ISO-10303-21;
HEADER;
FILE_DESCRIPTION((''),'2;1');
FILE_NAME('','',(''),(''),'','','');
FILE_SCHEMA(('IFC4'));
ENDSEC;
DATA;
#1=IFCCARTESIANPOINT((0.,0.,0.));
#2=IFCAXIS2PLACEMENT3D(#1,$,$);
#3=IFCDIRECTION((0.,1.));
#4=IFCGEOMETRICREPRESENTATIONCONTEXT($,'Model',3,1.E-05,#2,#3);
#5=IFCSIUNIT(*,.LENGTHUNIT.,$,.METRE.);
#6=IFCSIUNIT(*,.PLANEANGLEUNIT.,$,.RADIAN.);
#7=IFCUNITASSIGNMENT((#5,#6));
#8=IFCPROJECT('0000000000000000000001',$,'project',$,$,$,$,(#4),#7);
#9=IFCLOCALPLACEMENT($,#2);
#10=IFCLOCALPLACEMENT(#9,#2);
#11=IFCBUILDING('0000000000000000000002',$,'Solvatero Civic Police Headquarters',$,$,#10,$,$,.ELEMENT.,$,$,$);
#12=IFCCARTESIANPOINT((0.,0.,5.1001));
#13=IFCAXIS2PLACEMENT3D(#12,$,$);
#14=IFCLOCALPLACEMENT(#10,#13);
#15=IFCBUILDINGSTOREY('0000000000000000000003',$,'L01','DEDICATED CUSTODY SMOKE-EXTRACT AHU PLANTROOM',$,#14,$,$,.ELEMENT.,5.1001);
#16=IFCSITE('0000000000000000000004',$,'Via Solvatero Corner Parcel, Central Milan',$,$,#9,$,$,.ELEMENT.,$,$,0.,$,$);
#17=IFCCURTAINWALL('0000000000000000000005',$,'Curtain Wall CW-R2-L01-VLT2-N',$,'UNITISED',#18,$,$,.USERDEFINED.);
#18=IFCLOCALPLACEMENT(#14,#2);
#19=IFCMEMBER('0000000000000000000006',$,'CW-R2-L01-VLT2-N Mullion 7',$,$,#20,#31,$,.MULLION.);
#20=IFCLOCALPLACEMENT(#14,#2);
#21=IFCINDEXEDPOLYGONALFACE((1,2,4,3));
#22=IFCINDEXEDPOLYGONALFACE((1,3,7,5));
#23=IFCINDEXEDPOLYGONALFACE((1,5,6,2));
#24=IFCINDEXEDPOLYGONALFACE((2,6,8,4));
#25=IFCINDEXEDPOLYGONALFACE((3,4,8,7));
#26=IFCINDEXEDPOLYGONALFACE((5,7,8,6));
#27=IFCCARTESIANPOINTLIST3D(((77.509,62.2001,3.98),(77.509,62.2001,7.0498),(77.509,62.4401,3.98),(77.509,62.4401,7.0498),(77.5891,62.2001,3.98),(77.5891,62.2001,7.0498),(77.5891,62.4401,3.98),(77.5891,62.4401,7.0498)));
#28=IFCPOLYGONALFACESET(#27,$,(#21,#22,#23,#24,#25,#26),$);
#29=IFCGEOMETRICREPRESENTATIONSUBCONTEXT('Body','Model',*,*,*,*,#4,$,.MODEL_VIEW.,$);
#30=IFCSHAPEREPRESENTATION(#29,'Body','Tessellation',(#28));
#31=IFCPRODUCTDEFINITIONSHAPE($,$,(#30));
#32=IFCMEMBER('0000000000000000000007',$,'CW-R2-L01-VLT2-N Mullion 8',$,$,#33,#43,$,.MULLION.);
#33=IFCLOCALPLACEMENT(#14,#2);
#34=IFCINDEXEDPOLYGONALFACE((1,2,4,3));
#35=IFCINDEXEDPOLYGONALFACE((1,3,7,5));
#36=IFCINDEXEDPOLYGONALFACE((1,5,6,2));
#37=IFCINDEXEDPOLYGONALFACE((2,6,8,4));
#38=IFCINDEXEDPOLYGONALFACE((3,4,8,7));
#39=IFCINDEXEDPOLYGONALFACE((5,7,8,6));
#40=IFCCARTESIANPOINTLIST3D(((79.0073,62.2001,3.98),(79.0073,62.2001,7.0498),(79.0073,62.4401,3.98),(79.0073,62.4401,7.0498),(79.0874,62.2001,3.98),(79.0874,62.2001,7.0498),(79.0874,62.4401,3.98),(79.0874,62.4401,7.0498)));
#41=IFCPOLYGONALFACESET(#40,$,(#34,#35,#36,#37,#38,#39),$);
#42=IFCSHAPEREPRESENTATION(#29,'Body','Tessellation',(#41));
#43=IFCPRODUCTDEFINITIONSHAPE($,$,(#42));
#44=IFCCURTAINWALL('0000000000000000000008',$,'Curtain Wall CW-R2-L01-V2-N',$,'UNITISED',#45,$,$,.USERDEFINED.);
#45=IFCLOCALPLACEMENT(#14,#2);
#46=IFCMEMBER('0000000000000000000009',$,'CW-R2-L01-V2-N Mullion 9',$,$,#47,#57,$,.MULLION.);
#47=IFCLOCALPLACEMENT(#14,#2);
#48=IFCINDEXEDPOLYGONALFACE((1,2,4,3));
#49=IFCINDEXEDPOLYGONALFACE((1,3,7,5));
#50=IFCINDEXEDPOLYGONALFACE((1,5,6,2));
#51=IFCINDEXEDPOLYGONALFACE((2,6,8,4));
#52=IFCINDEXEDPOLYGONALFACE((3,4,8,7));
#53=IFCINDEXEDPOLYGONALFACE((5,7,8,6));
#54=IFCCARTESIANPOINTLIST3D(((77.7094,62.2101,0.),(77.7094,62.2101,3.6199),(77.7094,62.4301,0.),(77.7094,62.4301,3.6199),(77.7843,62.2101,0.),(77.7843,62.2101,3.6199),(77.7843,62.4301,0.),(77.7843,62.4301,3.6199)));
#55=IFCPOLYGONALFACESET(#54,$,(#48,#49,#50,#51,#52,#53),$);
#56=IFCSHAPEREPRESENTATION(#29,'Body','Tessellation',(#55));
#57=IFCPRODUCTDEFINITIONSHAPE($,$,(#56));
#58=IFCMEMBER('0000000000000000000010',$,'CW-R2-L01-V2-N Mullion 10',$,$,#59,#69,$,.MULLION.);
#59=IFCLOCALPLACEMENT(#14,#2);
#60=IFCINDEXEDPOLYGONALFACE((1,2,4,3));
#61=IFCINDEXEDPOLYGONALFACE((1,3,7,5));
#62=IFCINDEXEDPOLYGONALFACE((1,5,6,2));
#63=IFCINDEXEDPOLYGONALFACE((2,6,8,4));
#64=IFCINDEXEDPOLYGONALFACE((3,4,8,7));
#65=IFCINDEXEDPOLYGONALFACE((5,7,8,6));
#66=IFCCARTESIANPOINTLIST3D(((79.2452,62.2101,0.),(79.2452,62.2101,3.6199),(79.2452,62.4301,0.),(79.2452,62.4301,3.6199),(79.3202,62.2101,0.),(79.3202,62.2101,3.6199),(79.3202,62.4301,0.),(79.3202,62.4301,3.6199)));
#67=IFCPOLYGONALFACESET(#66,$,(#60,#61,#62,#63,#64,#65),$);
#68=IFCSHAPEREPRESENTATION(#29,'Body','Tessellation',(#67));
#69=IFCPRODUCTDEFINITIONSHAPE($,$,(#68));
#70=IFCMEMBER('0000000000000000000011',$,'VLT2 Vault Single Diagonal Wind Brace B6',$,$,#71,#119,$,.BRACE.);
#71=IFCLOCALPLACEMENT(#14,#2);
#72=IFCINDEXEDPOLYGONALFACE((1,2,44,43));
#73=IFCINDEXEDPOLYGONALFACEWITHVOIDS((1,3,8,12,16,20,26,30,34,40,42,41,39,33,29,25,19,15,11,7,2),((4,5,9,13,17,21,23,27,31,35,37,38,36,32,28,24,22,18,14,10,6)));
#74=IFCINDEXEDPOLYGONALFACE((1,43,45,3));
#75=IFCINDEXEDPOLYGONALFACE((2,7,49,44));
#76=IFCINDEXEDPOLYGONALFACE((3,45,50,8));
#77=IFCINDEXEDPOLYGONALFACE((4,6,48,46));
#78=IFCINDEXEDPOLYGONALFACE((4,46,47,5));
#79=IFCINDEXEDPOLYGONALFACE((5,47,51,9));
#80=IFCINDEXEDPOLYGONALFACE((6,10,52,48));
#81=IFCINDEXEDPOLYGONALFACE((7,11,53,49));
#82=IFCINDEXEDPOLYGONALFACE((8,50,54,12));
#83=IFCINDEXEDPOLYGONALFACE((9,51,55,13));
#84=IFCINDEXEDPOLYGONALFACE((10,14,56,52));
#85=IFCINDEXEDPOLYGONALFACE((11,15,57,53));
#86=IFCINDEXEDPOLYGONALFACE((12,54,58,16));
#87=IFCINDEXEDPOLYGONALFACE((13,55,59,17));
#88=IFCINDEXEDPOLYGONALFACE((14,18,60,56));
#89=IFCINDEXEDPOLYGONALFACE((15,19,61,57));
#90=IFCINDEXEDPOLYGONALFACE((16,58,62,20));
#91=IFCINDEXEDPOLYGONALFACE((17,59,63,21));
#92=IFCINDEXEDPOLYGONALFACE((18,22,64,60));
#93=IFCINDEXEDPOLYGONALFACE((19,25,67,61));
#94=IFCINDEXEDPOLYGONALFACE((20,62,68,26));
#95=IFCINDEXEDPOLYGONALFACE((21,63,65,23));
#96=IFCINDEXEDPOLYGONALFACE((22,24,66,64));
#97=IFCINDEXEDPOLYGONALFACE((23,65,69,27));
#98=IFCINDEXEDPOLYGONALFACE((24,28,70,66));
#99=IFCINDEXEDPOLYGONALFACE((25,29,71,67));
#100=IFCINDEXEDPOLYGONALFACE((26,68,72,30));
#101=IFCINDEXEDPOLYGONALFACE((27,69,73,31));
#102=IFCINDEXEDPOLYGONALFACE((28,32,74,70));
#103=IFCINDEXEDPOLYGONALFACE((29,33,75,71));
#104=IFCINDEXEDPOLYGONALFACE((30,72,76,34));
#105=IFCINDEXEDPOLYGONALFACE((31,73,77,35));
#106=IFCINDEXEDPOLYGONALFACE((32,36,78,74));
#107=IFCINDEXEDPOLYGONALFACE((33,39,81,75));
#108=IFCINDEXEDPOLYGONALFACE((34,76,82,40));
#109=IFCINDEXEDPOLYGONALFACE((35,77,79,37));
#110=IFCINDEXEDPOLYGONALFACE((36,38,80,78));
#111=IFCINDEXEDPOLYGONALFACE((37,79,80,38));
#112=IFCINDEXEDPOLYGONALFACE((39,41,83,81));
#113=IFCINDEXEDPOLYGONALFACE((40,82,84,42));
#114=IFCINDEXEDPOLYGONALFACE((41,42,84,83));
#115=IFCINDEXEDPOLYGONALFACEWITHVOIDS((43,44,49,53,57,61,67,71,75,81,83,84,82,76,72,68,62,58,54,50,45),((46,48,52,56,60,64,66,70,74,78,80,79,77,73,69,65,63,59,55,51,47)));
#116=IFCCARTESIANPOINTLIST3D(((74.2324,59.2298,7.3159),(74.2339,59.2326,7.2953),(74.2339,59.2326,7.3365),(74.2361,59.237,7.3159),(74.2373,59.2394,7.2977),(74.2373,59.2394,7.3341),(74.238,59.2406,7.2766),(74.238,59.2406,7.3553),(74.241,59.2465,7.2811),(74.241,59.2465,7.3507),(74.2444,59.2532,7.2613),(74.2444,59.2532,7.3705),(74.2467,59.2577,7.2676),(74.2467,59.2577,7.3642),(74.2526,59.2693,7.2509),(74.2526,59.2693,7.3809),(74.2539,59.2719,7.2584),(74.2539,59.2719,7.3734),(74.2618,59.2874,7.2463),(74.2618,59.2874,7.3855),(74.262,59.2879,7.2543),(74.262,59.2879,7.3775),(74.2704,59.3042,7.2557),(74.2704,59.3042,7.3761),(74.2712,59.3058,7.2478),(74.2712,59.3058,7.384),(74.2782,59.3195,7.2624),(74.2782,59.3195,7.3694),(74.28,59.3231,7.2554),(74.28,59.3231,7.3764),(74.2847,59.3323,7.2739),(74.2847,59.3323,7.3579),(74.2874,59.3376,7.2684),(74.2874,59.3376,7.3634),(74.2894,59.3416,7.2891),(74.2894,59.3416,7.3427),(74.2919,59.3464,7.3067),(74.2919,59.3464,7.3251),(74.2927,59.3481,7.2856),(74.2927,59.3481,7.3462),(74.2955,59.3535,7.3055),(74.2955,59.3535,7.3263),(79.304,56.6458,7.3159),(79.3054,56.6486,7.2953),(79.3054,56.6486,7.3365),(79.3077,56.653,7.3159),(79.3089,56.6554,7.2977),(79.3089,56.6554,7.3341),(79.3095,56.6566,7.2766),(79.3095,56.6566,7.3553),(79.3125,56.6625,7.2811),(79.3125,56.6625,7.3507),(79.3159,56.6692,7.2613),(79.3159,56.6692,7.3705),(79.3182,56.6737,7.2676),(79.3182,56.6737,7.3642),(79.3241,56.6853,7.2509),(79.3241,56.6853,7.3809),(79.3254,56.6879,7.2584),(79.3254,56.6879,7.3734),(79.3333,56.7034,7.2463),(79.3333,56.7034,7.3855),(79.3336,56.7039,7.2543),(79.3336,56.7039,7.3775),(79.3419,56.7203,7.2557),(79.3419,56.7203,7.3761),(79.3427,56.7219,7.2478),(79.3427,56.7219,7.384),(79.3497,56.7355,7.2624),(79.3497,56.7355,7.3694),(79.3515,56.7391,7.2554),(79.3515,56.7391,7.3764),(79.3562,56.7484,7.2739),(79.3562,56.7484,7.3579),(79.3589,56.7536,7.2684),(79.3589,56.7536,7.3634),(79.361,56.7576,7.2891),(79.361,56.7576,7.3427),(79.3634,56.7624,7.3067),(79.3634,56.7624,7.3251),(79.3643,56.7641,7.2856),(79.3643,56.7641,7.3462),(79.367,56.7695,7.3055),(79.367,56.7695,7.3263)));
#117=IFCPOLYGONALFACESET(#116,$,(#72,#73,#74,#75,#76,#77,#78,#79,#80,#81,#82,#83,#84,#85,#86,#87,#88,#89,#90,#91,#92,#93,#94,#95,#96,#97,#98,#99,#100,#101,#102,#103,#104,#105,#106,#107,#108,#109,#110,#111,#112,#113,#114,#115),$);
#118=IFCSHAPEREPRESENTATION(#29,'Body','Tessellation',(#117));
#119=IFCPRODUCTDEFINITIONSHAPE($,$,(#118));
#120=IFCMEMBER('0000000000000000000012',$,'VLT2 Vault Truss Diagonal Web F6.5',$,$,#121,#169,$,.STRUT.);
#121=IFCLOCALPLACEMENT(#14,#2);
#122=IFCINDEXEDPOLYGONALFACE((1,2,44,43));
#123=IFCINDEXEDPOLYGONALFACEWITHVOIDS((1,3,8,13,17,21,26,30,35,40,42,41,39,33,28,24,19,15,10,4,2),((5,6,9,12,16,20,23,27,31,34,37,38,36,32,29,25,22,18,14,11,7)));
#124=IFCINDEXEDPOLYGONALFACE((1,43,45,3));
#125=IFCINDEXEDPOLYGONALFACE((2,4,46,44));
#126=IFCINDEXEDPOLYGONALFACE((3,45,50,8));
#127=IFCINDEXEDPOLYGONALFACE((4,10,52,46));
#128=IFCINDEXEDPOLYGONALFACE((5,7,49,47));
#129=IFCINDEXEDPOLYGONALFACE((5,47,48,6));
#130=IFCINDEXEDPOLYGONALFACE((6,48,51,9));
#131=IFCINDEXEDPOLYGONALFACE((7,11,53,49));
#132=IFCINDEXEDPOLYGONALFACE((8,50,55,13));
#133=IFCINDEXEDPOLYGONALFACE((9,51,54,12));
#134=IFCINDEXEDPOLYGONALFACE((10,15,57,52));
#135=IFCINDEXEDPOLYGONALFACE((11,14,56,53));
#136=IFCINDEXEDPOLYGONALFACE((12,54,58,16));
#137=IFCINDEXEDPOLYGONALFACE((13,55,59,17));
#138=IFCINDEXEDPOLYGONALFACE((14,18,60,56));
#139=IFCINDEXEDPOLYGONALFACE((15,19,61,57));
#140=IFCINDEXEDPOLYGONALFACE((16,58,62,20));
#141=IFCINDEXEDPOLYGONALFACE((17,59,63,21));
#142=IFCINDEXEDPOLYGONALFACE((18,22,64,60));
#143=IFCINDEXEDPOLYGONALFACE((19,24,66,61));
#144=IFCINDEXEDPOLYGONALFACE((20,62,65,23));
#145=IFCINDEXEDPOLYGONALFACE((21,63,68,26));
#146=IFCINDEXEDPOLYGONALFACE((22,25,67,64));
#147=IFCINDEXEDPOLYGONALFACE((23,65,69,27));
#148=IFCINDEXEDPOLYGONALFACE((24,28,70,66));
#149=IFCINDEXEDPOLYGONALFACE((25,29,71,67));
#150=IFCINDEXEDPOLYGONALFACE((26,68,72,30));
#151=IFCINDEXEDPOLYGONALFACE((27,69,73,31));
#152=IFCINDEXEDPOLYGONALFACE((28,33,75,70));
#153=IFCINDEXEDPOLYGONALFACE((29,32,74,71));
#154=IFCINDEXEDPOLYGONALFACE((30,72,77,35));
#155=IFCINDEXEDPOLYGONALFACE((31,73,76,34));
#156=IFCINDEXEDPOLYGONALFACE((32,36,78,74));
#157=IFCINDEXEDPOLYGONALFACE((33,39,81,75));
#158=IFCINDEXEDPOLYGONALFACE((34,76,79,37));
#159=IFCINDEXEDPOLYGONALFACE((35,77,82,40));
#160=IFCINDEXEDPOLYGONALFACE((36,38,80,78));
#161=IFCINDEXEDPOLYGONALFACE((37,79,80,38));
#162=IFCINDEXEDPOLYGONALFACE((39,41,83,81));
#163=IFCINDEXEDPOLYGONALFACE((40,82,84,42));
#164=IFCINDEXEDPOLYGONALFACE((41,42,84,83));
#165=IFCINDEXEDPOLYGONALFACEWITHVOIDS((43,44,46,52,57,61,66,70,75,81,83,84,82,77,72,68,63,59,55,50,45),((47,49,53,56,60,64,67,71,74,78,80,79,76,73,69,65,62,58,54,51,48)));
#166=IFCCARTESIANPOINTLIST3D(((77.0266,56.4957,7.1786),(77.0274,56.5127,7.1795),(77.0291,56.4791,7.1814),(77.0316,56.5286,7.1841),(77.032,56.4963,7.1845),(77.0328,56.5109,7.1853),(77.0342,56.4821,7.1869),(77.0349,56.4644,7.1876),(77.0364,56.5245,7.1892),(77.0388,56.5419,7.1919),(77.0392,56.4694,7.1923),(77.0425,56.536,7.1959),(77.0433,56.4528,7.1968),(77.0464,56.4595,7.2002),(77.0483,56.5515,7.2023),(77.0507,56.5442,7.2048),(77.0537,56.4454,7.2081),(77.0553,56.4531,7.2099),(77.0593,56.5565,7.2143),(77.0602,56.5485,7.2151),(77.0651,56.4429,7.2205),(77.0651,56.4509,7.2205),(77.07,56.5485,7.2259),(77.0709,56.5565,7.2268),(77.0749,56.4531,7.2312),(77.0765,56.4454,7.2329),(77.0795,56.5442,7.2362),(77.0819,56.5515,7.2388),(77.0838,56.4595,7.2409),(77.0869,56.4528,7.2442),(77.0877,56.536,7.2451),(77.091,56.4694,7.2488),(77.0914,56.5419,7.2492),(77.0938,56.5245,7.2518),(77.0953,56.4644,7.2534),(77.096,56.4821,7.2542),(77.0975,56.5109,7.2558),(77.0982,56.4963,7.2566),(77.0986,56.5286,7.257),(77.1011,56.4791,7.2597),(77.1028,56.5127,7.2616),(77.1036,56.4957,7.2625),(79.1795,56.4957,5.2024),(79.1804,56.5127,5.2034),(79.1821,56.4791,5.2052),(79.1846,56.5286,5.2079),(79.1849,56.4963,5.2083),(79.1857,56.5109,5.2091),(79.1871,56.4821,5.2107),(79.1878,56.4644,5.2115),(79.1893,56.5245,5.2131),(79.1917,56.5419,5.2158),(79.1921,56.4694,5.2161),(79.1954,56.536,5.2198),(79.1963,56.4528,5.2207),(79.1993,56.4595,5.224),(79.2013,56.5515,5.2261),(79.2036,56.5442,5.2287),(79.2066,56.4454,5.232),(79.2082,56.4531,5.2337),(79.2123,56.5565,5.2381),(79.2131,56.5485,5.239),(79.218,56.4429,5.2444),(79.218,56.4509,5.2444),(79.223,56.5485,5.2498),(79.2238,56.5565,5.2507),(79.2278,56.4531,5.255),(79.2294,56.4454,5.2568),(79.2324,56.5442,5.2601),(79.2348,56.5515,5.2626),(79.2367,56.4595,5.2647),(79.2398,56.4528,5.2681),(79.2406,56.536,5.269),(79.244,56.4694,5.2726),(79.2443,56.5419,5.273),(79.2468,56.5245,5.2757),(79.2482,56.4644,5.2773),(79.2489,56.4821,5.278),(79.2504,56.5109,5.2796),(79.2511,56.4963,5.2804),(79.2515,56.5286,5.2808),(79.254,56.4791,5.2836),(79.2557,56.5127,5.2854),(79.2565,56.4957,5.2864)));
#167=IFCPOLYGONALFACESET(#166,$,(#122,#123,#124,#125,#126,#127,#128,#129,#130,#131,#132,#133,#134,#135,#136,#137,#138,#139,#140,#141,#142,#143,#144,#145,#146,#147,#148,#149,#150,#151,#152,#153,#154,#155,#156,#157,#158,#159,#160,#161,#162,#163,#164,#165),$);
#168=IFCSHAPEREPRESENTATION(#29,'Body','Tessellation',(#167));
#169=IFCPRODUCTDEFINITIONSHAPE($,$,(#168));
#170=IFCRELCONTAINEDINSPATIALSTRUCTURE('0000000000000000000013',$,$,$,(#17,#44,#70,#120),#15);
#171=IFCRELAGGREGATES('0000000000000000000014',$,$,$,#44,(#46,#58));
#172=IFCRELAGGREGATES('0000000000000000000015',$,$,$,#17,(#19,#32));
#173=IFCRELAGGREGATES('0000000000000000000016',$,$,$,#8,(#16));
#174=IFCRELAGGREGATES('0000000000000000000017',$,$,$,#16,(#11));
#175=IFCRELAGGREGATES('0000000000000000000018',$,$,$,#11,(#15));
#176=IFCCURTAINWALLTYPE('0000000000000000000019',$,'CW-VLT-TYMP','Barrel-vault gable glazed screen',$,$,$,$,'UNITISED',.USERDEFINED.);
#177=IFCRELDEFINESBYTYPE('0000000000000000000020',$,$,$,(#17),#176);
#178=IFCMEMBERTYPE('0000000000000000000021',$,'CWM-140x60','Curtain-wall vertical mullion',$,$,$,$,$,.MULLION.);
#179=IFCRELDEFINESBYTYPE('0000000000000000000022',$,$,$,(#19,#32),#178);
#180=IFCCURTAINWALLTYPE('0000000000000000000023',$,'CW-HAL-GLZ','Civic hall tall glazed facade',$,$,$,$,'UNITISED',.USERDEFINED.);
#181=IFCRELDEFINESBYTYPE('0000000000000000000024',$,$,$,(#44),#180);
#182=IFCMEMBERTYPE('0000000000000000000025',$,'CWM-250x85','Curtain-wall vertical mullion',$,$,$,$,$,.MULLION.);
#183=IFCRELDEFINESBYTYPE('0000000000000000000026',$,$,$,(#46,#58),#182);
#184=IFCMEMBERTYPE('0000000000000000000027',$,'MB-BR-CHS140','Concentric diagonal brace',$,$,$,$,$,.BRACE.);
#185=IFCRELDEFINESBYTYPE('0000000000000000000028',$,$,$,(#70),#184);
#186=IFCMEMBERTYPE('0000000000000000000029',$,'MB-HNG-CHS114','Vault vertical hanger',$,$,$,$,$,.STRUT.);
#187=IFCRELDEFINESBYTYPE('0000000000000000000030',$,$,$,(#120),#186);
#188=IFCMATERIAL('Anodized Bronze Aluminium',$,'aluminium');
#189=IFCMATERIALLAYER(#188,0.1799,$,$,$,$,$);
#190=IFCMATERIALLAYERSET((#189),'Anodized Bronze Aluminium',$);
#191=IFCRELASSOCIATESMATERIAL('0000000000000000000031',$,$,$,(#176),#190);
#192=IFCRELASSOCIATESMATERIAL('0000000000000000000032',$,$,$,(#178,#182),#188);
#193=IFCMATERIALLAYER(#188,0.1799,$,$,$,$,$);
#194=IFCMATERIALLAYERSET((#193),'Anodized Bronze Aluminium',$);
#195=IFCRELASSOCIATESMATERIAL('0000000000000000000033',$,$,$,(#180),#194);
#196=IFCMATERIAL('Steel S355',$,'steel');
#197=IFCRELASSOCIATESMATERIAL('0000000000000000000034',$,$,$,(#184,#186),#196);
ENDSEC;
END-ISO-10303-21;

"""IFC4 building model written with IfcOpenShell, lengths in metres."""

from ifc_helpers import new_model, si_unit, direction, frame, origin, origin_2d, place, context, subcontext, project, spatial, rectangle, hollow_circle, extrude, material, layer, layer_set, material_profile, profile_set, type_object, element, aggregate, save


model = new_model("IFC4")

# Units and contexts
model_context = context("Model", 3, precision=1e-05, world=origin(), true_north=direction((0.0, 1.0)))
body_context = subcontext(model_context, "Body", "Model", "MODEL_VIEW")
ifc_project = project(units=[si_unit("LENGTHUNIT", "METRE"), si_unit("PLANEANGLEUNIT", "RADIAN")], contexts=[model_context])

# Site, building, storey
site_placement = place(None, origin())
site = spatial("IfcSite", under=ifc_project, at=site_placement, Name="Via Solvatero Corner Parcel, Central Milan", CompositionType="ELEMENT", RefElevation=0.0)
building_placement = place(site_placement, origin())
building = spatial("IfcBuilding", under=site, at=building_placement, Name="Solvatero Civic Police Headquarters", CompositionType="ELEMENT")
storey_placement = place(building_placement, frame((0.0, 0.0, 5.1001)))
storey = spatial("IfcBuildingStorey", under=building, at=storey_placement, Name="L01", Description="DEDICATED CUSTODY SMOKE-EXTRACT AHU PLANTROOM", CompositionType="ELEMENT", Elevation=5.1001)

# Shared definitions
ifc_material_1 = material(Name="Steel S355", Category="steel")

# Curtain walls, members
ifc_material_2 = material(Name="Anodized Bronze Aluminium", Category="aluminium")
ifc_layer_1 = layer(ifc_material_2, 0.1799)
ifc_layer_set_1 = layer_set([ifc_layer_1], Name="Anodized Bronze Aluminium")
curtain_wall_type_1 = type_object("IfcCurtainWallType", Name="CW-VLT-TYMP", Description="Barrel-vault gable glazed screen", ElementType="UNITISED", PredefinedType="USERDEFINED", material=ifc_layer_set_1)
curtain_wall_1_placement = place(storey_placement, origin())
curtain_wall_1 = element("IfcCurtainWall", 1, at=curtain_wall_1_placement, inside=storey, type_object=curtain_wall_type_1, Name="Curtain Wall CW-R2-L01-VLT2-N", ObjectType="UNITISED", PredefinedType="USERDEFINED")
ifc_material_profile_1 = material_profile(ifc_material_2, rectangle(XDim=0.0801, YDim=0.24, at=origin_2d()), Name="ALU MULLION 80x240")
ifc_profile_set_1 = profile_set([ifc_material_profile_1], Name="Anodized Bronze Aluminium")
member_type_1 = type_object("IfcMemberType", Name="CWM-140x60", Description="Curtain-wall vertical mullion", PredefinedType="MULLION", material=ifc_profile_set_1)
member_1_placement = place(storey_placement, frame((77.5491, 62.3201, 3.98), z_axis=(0.0, 0.0, 1.0), x_axis=(1.0, 0.0, 0.0)))
member_1 = element("IfcMember", 2, at=member_1_placement, type_object=member_type_1, Name="CW-R2-L01-VLT2-N Mullion 7", PredefinedType="MULLION", context=body_context, shape_type="SweptSolid", body=[
    extrude(rectangle(XDim=0.0801, YDim=0.24, at=origin_2d()), origin(), (0.0, 0.0, 1.0), 3.0698),
])
member_2_placement = place(storey_placement, frame((79.0474, 62.3201, 3.98), z_axis=(0.0, 0.0, 1.0), x_axis=(1.0, 0.0, 0.0)))
member_2 = element("IfcMember", 3, at=member_2_placement, type_object=member_type_1, Name="CW-R2-L01-VLT2-N Mullion 8", PredefinedType="MULLION", context=body_context, shape_type="SweptSolid", body=[
    extrude(rectangle(XDim=0.0801, YDim=0.24, at=origin_2d()), origin(), (0.0, 0.0, 1.0), 3.0698),
])
ifc_layer_2 = layer(ifc_material_2, 0.1799)
ifc_layer_set_2 = layer_set([ifc_layer_2], Name="Anodized Bronze Aluminium")
curtain_wall_type_2 = type_object("IfcCurtainWallType", Name="CW-HAL-GLZ", Description="Civic hall tall glazed facade", ElementType="UNITISED", PredefinedType="USERDEFINED", material=ifc_layer_set_2)
curtain_wall_2_placement = place(storey_placement, origin())
curtain_wall_2 = element("IfcCurtainWall", 4, at=curtain_wall_2_placement, inside=storey, type_object=curtain_wall_type_2, Name="Curtain Wall CW-R2-L01-V2-N", ObjectType="UNITISED", PredefinedType="USERDEFINED")
ifc_material_profile_2 = material_profile(ifc_material_2, rectangle(XDim=0.075, YDim=0.22, at=origin_2d()), Name="ALU MULLION 75x220")
ifc_profile_set_2 = profile_set([ifc_material_profile_2], Name="Anodized Bronze Aluminium")
member_type_2 = type_object("IfcMemberType", Name="CWM-250x85", Description="Curtain-wall vertical mullion", PredefinedType="MULLION", material=ifc_profile_set_2)
member_3_placement = place(storey_placement, frame((77.7468, 62.3201, 0.0), z_axis=(0.0, 0.0, 1.0), x_axis=(1.0, 0.0, 0.0)))
member_3 = element("IfcMember", 5, at=member_3_placement, type_object=member_type_2, Name="CW-R2-L01-V2-N Mullion 9", PredefinedType="MULLION", context=body_context, shape_type="SweptSolid", body=[
    extrude(rectangle(XDim=0.075, YDim=0.22, at=origin_2d()), origin(), (0.0, 0.0, 1.0), 3.6199),
])
member_4_placement = place(storey_placement, frame((79.2827, 62.3201, 0.0), z_axis=(0.0, 0.0, 1.0), x_axis=(1.0, 0.0, 0.0)))
member_4 = element("IfcMember", 6, at=member_4_placement, type_object=member_type_2, Name="CW-R2-L01-V2-N Mullion 10", PredefinedType="MULLION", context=body_context, shape_type="SweptSolid", body=[
    extrude(rectangle(XDim=0.075, YDim=0.22, at=origin_2d()), origin(), (0.0, 0.0, 1.0), 3.6199),
])

# Members
ifc_material_profile_3 = material_profile(ifc_material_1, hollow_circle(Radius=0.0698, WallThickness=0.0081, at=origin_2d()), Name="CHS 139.7x8.0")
ifc_profile_set_3 = profile_set([ifc_material_profile_3], Name="Steel S355")
member_type_3 = type_object("IfcMemberType", Name="MB-BR-CHS140", Description="Concentric diagonal brace", PredefinedType="BRACE", material=ifc_profile_set_3)
member_5_placement = place(storey_placement, frame((79.3357, 56.708, 7.3159), z_axis=(-0.891013, 0.453978, 0.0), x_axis=(-0.453978, -0.891013, 0.0)))
element("IfcMember", 7, at=member_5_placement, inside=storey, type_object=member_type_3, Name="VLT2 Vault Single Diagonal Wind Brace B6", PredefinedType="BRACE", context=body_context, shape_type="SweptSolid", body=[
    extrude(hollow_circle(Radius=0.0698, WallThickness=0.0081, at=origin_2d()), origin(), (0.0, 0.0, 1.0), 5.6919),
])
ifc_material_profile_4 = material_profile(ifc_material_1, hollow_circle(Radius=0.0571, WallThickness=0.0081, at=origin_2d()), Name="CHS 114.3x8.0")
ifc_profile_set_4 = profile_set([ifc_material_profile_4], Name="Steel S355")
member_type_4 = type_object("IfcMemberType", Name="MB-HNG-CHS114", Description="Vault vertical hanger", PredefinedType="STRUT", material=ifc_profile_set_4)
member_6_placement = place(storey_placement, frame((79.218, 56.5, 5.2444), z_axis=(-0.736703, 0.0, 0.676216), x_axis=(0.0, -1.0, 0.0)))
element("IfcMember", 8, at=member_6_placement, inside=storey, type_object=member_type_4, Name="VLT2 Vault Truss Diagonal Web F6.5", PredefinedType="STRUT", context=body_context, shape_type="SweptSolid", body=[
    extrude(hollow_circle(Radius=0.0571, WallThickness=0.0081, at=origin_2d()), origin(), (0.0, 0.0, 1.0), 2.9224),
])

aggregate(curtain_wall_2, [member_3, member_4])
aggregate(curtain_wall_1, [member_1, member_2])

save(model, "model.ifc")
